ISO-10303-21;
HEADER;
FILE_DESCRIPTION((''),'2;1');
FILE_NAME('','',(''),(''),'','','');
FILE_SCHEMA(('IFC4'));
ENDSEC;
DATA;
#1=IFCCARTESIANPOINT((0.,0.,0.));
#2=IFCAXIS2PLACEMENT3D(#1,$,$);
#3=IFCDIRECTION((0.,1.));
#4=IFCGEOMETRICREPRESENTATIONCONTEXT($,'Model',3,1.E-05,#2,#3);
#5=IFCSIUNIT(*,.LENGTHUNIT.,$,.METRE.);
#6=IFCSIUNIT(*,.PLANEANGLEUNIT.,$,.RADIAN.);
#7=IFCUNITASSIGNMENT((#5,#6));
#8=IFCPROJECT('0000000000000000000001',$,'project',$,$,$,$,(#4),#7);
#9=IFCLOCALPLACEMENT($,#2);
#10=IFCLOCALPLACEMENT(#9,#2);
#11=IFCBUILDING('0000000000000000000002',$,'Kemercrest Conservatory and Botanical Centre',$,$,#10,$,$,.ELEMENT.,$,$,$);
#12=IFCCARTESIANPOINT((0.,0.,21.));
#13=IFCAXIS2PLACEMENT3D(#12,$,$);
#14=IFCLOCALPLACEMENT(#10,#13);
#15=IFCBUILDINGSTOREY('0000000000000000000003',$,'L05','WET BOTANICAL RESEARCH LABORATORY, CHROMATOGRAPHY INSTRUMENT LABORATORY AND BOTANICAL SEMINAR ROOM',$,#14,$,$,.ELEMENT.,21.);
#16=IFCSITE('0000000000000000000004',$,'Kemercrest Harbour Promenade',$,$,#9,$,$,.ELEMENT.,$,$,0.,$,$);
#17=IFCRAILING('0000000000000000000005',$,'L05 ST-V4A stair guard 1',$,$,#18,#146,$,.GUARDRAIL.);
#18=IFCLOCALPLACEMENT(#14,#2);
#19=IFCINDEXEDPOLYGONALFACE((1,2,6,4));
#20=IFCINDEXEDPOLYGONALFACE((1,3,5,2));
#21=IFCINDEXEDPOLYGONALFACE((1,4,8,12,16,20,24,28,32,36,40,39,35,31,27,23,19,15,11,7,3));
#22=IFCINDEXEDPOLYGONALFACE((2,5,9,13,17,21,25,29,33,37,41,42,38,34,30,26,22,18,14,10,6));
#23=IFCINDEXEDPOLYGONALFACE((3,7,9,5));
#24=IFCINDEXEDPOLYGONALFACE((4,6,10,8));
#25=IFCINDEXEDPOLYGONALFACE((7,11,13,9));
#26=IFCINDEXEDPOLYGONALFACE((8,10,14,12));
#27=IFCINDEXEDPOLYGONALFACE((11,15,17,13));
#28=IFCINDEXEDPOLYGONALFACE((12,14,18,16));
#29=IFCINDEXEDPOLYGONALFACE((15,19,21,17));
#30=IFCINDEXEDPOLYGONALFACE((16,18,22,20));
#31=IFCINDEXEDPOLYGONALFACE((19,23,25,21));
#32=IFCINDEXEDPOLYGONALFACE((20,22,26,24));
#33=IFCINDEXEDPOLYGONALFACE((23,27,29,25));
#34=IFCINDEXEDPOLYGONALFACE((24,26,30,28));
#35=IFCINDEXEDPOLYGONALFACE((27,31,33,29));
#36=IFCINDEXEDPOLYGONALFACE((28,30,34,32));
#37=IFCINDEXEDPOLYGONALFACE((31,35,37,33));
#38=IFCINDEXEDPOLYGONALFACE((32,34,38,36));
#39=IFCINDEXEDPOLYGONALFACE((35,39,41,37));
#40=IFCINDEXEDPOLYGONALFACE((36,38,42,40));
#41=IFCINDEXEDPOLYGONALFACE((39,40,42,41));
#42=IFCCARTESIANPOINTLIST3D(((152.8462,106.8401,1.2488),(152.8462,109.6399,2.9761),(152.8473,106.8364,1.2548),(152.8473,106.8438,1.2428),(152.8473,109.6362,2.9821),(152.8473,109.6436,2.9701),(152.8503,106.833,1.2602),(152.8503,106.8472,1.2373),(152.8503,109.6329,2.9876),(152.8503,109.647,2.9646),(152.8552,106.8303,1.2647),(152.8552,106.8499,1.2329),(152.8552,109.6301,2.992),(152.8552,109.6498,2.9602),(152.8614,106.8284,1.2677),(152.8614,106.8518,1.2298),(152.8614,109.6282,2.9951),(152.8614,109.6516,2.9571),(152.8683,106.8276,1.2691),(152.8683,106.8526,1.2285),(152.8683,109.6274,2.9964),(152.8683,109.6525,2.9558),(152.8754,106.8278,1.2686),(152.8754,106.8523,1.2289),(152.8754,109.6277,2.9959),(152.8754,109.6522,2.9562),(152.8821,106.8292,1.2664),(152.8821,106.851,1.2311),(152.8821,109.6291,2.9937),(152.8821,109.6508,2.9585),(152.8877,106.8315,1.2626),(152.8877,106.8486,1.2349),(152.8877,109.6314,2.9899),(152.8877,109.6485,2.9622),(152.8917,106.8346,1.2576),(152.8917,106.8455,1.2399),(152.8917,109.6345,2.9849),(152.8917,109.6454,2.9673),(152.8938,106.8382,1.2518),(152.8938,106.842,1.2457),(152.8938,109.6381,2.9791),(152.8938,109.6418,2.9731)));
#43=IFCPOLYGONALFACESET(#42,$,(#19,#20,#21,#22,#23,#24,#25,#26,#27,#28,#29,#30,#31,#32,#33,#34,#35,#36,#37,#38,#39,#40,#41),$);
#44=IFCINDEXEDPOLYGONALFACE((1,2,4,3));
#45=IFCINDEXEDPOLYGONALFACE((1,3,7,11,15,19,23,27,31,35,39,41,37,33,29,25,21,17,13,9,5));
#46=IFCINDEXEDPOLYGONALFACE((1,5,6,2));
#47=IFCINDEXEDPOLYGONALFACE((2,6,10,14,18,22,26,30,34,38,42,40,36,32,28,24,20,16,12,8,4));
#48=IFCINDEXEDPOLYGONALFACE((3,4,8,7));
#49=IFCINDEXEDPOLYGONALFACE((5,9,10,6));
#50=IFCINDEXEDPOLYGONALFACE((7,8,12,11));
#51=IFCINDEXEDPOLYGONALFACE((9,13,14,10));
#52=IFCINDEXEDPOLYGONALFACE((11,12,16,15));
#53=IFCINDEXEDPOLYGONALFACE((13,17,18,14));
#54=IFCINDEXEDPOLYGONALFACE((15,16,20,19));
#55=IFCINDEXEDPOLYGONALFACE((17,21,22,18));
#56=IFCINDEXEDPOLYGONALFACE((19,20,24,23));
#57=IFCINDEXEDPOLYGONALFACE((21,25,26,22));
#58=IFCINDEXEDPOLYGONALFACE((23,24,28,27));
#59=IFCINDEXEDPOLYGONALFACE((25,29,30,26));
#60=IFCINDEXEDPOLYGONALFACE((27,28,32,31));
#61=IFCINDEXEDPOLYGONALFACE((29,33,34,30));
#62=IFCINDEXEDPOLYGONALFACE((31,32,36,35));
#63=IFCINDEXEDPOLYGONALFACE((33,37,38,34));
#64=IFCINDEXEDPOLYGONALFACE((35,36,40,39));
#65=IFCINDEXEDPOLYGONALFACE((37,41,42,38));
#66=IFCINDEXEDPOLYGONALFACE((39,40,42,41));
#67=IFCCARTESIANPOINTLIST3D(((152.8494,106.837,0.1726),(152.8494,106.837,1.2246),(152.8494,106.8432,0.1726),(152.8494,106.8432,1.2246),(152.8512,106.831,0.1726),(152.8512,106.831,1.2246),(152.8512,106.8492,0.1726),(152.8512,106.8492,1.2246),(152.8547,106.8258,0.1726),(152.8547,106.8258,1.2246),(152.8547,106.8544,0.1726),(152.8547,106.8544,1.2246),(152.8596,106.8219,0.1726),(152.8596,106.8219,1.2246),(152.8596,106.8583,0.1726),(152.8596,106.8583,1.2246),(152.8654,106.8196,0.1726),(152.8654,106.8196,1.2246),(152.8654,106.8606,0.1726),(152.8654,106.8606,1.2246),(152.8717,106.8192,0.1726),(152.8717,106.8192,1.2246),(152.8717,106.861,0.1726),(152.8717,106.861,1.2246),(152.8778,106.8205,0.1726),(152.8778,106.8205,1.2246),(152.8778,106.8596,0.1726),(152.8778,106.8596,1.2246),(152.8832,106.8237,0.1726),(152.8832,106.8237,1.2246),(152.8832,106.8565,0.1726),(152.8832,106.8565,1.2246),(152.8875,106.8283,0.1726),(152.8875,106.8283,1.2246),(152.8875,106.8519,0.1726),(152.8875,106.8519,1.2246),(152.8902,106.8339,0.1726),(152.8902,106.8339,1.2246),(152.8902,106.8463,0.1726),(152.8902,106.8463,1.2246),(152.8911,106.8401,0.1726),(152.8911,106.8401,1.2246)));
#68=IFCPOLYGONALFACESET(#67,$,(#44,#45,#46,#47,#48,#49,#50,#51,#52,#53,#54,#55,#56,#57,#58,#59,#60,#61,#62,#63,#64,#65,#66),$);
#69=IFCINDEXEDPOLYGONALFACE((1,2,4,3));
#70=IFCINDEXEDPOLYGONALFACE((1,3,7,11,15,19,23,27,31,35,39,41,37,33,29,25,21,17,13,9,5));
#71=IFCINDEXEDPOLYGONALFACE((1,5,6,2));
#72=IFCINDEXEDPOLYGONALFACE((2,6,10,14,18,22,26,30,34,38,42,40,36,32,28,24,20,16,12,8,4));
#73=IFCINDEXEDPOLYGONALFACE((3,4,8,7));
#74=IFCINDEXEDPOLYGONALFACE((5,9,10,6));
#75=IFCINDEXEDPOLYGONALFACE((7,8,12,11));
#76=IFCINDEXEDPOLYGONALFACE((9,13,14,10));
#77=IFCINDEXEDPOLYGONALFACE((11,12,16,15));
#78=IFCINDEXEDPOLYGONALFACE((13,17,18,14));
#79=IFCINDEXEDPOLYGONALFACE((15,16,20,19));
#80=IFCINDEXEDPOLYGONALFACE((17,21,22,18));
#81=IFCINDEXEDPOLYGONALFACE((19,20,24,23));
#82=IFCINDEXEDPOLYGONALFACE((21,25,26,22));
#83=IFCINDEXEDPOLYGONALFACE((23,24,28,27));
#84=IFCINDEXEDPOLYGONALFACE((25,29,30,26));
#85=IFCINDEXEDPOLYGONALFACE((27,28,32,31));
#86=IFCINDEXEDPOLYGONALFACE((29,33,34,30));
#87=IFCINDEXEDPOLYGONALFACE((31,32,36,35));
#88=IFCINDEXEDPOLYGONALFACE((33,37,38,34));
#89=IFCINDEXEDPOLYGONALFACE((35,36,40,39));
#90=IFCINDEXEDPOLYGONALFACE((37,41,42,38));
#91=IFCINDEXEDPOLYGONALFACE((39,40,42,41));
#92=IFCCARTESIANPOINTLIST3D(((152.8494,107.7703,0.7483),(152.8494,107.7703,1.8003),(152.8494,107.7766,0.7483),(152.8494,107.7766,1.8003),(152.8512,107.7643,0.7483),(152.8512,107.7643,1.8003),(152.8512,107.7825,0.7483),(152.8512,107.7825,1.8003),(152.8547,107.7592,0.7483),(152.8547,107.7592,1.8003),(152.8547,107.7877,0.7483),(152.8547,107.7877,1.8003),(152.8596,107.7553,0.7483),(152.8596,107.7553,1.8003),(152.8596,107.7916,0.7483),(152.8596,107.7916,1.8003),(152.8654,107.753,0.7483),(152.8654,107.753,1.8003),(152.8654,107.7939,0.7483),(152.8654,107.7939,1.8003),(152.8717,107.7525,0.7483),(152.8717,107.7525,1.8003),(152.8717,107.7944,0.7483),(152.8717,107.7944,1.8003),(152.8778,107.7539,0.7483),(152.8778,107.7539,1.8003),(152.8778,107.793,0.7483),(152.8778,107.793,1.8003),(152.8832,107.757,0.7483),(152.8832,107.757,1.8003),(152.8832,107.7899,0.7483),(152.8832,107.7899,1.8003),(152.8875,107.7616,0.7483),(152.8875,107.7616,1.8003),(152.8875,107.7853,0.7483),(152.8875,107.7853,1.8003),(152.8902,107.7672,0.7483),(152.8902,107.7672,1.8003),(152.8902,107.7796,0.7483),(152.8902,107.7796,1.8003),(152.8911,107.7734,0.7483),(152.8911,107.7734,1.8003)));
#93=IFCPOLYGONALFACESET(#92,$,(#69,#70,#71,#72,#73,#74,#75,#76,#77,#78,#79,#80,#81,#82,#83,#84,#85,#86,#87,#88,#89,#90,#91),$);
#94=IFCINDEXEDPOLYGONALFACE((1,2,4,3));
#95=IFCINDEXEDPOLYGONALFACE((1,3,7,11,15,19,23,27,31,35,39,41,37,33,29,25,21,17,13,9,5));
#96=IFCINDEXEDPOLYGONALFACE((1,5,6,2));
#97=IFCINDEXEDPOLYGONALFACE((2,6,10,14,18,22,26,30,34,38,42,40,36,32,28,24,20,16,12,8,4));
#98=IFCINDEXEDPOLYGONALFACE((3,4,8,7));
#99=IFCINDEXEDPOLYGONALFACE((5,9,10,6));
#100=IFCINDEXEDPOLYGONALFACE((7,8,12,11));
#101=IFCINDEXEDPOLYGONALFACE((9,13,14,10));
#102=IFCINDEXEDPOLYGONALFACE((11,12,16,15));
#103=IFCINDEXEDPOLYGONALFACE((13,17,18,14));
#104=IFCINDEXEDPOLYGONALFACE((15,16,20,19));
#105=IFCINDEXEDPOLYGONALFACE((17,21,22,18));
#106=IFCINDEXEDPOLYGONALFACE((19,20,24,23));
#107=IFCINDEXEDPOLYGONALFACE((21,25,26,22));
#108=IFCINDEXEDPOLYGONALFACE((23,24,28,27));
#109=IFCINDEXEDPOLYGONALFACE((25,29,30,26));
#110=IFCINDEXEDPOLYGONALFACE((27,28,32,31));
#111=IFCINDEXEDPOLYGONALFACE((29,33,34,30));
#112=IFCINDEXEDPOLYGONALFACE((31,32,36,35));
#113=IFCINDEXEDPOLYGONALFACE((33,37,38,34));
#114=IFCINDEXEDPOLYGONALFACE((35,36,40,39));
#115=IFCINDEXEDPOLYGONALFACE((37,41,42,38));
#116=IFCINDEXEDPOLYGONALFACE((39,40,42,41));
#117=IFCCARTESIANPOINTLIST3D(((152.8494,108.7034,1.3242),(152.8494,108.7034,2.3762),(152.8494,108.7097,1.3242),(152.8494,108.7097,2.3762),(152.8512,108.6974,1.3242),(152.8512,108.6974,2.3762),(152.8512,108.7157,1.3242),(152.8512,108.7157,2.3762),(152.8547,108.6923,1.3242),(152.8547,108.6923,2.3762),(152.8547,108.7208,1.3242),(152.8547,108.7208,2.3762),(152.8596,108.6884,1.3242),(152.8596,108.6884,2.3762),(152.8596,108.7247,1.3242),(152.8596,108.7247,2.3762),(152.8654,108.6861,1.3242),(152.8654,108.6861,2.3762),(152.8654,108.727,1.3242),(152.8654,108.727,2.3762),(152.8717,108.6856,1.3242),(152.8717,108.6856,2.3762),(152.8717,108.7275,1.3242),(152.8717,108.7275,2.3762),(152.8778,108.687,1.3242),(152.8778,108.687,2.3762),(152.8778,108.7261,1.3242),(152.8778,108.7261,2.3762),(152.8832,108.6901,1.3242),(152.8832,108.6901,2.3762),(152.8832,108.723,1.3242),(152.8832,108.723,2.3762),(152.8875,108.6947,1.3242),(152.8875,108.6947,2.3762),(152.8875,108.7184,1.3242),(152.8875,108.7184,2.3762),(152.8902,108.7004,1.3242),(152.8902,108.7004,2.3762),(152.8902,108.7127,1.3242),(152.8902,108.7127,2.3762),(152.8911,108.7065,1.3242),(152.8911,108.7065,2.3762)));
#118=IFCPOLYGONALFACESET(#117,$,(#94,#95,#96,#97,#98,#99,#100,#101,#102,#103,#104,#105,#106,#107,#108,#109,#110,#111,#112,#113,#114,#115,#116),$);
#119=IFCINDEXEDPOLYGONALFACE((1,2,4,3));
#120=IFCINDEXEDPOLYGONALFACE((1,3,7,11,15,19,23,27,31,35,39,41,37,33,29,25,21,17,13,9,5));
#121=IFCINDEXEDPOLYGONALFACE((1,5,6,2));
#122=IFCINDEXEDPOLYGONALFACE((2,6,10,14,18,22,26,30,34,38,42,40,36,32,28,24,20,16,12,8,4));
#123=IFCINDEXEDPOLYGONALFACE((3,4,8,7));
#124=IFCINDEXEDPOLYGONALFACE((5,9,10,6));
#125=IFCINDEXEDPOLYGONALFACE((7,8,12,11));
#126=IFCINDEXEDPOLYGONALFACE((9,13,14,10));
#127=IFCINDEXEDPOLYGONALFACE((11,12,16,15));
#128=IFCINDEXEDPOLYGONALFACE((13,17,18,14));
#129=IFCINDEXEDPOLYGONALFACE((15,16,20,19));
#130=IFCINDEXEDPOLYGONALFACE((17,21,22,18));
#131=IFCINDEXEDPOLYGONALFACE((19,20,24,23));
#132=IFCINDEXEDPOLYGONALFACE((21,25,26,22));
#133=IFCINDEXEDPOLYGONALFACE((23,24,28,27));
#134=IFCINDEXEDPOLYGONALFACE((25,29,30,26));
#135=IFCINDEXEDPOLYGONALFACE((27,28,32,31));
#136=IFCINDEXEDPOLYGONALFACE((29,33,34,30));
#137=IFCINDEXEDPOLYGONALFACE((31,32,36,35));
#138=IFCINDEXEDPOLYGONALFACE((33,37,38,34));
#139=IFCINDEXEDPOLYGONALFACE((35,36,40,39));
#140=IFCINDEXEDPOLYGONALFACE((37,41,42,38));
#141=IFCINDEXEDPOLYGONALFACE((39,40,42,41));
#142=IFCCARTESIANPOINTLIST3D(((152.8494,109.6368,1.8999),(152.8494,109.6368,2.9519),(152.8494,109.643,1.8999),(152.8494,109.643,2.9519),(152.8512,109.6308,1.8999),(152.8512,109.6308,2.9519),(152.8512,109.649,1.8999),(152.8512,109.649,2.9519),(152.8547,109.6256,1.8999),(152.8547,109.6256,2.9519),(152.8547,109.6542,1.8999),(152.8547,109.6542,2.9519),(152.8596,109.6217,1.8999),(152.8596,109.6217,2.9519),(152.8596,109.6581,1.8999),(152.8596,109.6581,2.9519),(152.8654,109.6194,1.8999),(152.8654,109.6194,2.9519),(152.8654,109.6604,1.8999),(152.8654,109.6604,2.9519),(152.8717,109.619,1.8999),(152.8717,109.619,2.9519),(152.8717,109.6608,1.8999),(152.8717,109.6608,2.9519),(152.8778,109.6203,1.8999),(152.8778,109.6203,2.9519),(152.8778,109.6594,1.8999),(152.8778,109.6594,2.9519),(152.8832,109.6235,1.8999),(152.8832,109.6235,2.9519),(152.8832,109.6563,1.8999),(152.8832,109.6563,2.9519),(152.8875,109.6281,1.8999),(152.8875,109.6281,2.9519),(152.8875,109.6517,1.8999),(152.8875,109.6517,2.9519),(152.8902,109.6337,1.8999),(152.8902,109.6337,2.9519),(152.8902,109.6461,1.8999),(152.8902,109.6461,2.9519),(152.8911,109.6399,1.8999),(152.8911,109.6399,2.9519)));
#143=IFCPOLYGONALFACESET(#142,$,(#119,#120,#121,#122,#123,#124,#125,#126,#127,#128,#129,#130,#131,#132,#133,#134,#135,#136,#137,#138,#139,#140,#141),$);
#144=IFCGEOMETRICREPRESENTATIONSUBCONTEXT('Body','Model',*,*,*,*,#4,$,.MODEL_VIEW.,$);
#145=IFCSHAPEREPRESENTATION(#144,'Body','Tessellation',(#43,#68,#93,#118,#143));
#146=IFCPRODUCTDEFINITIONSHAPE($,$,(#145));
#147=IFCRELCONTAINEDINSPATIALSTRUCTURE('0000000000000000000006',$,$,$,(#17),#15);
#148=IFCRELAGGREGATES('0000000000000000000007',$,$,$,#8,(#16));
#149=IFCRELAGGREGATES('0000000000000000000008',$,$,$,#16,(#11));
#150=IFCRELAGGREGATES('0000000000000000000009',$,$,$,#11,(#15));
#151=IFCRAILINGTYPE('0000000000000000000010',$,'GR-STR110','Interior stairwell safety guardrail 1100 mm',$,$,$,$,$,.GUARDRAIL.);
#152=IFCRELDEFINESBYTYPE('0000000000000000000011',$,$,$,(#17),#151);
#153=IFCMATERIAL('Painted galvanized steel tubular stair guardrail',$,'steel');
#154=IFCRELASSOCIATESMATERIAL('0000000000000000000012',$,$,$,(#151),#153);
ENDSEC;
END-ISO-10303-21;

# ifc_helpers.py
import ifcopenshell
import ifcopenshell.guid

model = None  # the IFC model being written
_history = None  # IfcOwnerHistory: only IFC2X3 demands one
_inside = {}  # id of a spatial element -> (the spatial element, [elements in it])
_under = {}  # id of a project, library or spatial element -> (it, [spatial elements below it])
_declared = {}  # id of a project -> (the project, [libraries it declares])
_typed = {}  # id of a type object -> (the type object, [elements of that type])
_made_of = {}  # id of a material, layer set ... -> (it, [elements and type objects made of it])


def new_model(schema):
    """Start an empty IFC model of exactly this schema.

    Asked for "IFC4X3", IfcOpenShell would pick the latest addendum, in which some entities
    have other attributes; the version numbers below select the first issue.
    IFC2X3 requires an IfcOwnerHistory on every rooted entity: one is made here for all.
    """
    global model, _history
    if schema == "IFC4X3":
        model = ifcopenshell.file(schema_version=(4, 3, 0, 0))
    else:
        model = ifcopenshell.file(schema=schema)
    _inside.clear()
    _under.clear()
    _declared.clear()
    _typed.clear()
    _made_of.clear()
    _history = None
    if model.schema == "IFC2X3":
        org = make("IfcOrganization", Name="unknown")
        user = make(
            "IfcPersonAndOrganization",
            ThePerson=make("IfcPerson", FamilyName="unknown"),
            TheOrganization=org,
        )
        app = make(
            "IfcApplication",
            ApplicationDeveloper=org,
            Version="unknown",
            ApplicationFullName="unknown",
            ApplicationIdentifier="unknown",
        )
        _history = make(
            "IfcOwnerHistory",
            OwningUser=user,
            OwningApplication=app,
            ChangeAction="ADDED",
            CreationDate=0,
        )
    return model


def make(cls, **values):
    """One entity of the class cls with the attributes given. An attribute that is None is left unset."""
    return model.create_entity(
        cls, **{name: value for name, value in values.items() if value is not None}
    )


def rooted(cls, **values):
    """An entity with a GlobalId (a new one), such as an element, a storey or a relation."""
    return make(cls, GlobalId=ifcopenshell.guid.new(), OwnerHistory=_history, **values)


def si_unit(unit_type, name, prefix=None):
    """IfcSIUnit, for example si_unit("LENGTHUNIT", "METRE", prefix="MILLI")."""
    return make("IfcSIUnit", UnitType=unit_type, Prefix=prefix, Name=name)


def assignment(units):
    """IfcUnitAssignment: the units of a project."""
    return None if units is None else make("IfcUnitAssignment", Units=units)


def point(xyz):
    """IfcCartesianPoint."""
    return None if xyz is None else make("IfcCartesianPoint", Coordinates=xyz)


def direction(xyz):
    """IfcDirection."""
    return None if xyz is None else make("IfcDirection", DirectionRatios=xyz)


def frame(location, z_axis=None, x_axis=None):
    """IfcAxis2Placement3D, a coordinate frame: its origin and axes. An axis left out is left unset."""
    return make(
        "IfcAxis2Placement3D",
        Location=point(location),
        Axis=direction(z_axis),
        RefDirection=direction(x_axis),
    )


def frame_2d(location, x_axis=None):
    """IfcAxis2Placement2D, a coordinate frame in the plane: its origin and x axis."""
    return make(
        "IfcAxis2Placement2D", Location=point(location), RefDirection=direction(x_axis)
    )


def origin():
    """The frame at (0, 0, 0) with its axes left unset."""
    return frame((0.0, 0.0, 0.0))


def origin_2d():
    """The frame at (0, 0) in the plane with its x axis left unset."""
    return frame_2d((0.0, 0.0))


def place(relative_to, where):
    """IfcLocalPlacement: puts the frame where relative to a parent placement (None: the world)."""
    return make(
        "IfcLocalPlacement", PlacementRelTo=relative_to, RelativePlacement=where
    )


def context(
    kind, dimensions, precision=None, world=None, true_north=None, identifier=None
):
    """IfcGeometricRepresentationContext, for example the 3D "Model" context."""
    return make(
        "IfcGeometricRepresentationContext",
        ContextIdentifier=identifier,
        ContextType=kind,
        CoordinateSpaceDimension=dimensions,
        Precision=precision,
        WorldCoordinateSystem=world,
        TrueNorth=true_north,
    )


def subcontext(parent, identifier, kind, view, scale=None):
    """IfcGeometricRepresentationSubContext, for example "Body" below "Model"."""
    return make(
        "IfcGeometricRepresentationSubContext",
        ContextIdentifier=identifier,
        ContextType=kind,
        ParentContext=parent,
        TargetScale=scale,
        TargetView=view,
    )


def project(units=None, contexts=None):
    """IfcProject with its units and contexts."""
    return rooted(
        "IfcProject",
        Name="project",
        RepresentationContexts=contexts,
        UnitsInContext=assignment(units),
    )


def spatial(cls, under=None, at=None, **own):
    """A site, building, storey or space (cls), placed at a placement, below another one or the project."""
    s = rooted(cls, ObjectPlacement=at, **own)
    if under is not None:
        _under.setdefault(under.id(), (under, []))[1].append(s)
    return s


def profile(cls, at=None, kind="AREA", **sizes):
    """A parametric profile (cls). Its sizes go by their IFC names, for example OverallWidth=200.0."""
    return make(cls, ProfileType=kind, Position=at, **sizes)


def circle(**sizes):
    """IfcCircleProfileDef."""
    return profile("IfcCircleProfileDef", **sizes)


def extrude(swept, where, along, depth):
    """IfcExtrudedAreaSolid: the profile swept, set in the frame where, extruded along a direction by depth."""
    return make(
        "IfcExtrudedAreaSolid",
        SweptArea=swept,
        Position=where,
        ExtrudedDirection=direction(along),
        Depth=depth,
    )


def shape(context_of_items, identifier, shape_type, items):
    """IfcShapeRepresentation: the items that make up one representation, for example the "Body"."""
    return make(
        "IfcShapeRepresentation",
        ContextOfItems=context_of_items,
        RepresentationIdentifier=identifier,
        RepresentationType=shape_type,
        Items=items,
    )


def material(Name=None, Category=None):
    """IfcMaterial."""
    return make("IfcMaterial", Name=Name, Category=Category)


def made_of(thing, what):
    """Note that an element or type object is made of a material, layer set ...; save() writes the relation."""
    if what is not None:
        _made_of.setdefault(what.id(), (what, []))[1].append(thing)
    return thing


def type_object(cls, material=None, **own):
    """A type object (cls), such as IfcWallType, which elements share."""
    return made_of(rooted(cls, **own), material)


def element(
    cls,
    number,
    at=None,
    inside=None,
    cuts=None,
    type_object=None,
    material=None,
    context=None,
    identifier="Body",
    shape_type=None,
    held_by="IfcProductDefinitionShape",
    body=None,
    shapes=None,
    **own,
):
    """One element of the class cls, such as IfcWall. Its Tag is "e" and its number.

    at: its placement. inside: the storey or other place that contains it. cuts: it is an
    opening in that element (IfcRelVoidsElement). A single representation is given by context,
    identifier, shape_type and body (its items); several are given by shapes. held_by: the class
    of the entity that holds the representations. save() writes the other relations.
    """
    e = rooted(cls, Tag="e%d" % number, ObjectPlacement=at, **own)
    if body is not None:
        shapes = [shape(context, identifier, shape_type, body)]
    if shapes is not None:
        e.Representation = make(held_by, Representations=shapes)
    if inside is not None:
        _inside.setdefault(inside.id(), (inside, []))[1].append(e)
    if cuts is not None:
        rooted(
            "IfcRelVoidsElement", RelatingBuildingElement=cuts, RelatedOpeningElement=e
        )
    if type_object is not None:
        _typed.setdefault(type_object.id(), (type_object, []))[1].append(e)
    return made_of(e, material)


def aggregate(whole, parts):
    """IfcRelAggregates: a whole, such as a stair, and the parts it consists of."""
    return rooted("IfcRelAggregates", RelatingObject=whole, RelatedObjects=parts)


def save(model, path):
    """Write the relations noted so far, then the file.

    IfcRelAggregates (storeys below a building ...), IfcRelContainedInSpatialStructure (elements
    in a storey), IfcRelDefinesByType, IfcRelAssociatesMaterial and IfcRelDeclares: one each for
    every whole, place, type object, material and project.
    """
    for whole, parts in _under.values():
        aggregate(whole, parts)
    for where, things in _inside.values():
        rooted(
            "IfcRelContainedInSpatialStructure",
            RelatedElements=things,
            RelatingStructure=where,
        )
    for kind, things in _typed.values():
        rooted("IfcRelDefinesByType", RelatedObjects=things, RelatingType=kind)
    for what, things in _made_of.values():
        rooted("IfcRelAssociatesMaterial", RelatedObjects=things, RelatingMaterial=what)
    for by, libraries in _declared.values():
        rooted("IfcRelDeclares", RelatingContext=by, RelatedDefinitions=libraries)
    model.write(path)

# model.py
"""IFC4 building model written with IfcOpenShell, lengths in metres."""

from ifc_helpers import new_model, si_unit, direction, frame, origin, origin_2d, place, context, subcontext, project, spatial, circle, extrude, material, type_object, element, save


model = new_model("IFC4")

# Units and contexts
model_context = context("Model", 3, precision=1e-05, world=origin(), true_north=direction((0.0, 1.0)))
body_context = subcontext(model_context, "Body", "Model", "MODEL_VIEW")
ifc_project = project(units=[si_unit("LENGTHUNIT", "METRE"), si_unit("PLANEANGLEUNIT", "RADIAN")], contexts=[model_context])

# Site, building, storey
site_placement = place(None, origin())
site = spatial("IfcSite", under=ifc_project, at=site_placement, Name="Kemercrest Harbour Promenade", CompositionType="ELEMENT", RefElevation=0.0)
building_placement = place(site_placement, origin())
building = spatial("IfcBuilding", under=site, at=building_placement, Name="Kemercrest Conservatory and Botanical Centre", CompositionType="ELEMENT")
storey_placement = place(building_placement, frame((0.0, 0.0, 21.0)))
storey = spatial("IfcBuildingStorey", under=building, at=storey_placement, Name="L05", Description="WET BOTANICAL RESEARCH LABORATORY, CHROMATOGRAPHY INSTRUMENT LABORATORY AND BOTANICAL SEMINAR ROOM", CompositionType="ELEMENT", Elevation=21.0)

# Railing
ifc_material_1 = material(Name="Painted galvanized steel tubular stair guardrail", Category="steel")
railing_type_1 = type_object("IfcRailingType", Name="GR-STR110", Description="Interior stairwell safety guardrail 1100 mm", PredefinedType="GUARDRAIL", material=ifc_material_1)
railing_1_placement = place(storey_placement, frame((152.8701, 106.8401, 0.1726)))
element("IfcRailing", 1, at=railing_1_placement, inside=storey, type_object=railing_type_1, Name="L05 ST-V4A stair guard 1", PredefinedType="GUARDRAIL", context=body_context, shape_type="SweptSolid", body=[
    extrude(circle(Radius=0.0239, at=origin_2d()), frame((0.0, 0.0, 1.0762), z_axis=(0.0, 0.851069, 0.525054), x_axis=(-1.0, 0.0, 0.0)), (0.0, 0.0, 1.0), 3.2898),
    extrude(circle(Radius=0.021, at=origin_2d()), origin(), (0.0, 0.0, 1.0), 1.052),
    extrude(circle(Radius=0.021, at=origin_2d()), frame((0.0, 0.9333, 0.5757)), (0.0, 0.0, 1.0), 1.052),
    extrude(circle(Radius=0.021, at=origin_2d()), frame((0.0, 1.8665, 1.1516)), (0.0, 0.0, 1.0), 1.052),
    extrude(circle(Radius=0.021, at=origin_2d()), frame((0.0, 2.7998, 1.7273)), (0.0, 0.0, 1.0), 1.052),
])

save(model, "model.ifc")
